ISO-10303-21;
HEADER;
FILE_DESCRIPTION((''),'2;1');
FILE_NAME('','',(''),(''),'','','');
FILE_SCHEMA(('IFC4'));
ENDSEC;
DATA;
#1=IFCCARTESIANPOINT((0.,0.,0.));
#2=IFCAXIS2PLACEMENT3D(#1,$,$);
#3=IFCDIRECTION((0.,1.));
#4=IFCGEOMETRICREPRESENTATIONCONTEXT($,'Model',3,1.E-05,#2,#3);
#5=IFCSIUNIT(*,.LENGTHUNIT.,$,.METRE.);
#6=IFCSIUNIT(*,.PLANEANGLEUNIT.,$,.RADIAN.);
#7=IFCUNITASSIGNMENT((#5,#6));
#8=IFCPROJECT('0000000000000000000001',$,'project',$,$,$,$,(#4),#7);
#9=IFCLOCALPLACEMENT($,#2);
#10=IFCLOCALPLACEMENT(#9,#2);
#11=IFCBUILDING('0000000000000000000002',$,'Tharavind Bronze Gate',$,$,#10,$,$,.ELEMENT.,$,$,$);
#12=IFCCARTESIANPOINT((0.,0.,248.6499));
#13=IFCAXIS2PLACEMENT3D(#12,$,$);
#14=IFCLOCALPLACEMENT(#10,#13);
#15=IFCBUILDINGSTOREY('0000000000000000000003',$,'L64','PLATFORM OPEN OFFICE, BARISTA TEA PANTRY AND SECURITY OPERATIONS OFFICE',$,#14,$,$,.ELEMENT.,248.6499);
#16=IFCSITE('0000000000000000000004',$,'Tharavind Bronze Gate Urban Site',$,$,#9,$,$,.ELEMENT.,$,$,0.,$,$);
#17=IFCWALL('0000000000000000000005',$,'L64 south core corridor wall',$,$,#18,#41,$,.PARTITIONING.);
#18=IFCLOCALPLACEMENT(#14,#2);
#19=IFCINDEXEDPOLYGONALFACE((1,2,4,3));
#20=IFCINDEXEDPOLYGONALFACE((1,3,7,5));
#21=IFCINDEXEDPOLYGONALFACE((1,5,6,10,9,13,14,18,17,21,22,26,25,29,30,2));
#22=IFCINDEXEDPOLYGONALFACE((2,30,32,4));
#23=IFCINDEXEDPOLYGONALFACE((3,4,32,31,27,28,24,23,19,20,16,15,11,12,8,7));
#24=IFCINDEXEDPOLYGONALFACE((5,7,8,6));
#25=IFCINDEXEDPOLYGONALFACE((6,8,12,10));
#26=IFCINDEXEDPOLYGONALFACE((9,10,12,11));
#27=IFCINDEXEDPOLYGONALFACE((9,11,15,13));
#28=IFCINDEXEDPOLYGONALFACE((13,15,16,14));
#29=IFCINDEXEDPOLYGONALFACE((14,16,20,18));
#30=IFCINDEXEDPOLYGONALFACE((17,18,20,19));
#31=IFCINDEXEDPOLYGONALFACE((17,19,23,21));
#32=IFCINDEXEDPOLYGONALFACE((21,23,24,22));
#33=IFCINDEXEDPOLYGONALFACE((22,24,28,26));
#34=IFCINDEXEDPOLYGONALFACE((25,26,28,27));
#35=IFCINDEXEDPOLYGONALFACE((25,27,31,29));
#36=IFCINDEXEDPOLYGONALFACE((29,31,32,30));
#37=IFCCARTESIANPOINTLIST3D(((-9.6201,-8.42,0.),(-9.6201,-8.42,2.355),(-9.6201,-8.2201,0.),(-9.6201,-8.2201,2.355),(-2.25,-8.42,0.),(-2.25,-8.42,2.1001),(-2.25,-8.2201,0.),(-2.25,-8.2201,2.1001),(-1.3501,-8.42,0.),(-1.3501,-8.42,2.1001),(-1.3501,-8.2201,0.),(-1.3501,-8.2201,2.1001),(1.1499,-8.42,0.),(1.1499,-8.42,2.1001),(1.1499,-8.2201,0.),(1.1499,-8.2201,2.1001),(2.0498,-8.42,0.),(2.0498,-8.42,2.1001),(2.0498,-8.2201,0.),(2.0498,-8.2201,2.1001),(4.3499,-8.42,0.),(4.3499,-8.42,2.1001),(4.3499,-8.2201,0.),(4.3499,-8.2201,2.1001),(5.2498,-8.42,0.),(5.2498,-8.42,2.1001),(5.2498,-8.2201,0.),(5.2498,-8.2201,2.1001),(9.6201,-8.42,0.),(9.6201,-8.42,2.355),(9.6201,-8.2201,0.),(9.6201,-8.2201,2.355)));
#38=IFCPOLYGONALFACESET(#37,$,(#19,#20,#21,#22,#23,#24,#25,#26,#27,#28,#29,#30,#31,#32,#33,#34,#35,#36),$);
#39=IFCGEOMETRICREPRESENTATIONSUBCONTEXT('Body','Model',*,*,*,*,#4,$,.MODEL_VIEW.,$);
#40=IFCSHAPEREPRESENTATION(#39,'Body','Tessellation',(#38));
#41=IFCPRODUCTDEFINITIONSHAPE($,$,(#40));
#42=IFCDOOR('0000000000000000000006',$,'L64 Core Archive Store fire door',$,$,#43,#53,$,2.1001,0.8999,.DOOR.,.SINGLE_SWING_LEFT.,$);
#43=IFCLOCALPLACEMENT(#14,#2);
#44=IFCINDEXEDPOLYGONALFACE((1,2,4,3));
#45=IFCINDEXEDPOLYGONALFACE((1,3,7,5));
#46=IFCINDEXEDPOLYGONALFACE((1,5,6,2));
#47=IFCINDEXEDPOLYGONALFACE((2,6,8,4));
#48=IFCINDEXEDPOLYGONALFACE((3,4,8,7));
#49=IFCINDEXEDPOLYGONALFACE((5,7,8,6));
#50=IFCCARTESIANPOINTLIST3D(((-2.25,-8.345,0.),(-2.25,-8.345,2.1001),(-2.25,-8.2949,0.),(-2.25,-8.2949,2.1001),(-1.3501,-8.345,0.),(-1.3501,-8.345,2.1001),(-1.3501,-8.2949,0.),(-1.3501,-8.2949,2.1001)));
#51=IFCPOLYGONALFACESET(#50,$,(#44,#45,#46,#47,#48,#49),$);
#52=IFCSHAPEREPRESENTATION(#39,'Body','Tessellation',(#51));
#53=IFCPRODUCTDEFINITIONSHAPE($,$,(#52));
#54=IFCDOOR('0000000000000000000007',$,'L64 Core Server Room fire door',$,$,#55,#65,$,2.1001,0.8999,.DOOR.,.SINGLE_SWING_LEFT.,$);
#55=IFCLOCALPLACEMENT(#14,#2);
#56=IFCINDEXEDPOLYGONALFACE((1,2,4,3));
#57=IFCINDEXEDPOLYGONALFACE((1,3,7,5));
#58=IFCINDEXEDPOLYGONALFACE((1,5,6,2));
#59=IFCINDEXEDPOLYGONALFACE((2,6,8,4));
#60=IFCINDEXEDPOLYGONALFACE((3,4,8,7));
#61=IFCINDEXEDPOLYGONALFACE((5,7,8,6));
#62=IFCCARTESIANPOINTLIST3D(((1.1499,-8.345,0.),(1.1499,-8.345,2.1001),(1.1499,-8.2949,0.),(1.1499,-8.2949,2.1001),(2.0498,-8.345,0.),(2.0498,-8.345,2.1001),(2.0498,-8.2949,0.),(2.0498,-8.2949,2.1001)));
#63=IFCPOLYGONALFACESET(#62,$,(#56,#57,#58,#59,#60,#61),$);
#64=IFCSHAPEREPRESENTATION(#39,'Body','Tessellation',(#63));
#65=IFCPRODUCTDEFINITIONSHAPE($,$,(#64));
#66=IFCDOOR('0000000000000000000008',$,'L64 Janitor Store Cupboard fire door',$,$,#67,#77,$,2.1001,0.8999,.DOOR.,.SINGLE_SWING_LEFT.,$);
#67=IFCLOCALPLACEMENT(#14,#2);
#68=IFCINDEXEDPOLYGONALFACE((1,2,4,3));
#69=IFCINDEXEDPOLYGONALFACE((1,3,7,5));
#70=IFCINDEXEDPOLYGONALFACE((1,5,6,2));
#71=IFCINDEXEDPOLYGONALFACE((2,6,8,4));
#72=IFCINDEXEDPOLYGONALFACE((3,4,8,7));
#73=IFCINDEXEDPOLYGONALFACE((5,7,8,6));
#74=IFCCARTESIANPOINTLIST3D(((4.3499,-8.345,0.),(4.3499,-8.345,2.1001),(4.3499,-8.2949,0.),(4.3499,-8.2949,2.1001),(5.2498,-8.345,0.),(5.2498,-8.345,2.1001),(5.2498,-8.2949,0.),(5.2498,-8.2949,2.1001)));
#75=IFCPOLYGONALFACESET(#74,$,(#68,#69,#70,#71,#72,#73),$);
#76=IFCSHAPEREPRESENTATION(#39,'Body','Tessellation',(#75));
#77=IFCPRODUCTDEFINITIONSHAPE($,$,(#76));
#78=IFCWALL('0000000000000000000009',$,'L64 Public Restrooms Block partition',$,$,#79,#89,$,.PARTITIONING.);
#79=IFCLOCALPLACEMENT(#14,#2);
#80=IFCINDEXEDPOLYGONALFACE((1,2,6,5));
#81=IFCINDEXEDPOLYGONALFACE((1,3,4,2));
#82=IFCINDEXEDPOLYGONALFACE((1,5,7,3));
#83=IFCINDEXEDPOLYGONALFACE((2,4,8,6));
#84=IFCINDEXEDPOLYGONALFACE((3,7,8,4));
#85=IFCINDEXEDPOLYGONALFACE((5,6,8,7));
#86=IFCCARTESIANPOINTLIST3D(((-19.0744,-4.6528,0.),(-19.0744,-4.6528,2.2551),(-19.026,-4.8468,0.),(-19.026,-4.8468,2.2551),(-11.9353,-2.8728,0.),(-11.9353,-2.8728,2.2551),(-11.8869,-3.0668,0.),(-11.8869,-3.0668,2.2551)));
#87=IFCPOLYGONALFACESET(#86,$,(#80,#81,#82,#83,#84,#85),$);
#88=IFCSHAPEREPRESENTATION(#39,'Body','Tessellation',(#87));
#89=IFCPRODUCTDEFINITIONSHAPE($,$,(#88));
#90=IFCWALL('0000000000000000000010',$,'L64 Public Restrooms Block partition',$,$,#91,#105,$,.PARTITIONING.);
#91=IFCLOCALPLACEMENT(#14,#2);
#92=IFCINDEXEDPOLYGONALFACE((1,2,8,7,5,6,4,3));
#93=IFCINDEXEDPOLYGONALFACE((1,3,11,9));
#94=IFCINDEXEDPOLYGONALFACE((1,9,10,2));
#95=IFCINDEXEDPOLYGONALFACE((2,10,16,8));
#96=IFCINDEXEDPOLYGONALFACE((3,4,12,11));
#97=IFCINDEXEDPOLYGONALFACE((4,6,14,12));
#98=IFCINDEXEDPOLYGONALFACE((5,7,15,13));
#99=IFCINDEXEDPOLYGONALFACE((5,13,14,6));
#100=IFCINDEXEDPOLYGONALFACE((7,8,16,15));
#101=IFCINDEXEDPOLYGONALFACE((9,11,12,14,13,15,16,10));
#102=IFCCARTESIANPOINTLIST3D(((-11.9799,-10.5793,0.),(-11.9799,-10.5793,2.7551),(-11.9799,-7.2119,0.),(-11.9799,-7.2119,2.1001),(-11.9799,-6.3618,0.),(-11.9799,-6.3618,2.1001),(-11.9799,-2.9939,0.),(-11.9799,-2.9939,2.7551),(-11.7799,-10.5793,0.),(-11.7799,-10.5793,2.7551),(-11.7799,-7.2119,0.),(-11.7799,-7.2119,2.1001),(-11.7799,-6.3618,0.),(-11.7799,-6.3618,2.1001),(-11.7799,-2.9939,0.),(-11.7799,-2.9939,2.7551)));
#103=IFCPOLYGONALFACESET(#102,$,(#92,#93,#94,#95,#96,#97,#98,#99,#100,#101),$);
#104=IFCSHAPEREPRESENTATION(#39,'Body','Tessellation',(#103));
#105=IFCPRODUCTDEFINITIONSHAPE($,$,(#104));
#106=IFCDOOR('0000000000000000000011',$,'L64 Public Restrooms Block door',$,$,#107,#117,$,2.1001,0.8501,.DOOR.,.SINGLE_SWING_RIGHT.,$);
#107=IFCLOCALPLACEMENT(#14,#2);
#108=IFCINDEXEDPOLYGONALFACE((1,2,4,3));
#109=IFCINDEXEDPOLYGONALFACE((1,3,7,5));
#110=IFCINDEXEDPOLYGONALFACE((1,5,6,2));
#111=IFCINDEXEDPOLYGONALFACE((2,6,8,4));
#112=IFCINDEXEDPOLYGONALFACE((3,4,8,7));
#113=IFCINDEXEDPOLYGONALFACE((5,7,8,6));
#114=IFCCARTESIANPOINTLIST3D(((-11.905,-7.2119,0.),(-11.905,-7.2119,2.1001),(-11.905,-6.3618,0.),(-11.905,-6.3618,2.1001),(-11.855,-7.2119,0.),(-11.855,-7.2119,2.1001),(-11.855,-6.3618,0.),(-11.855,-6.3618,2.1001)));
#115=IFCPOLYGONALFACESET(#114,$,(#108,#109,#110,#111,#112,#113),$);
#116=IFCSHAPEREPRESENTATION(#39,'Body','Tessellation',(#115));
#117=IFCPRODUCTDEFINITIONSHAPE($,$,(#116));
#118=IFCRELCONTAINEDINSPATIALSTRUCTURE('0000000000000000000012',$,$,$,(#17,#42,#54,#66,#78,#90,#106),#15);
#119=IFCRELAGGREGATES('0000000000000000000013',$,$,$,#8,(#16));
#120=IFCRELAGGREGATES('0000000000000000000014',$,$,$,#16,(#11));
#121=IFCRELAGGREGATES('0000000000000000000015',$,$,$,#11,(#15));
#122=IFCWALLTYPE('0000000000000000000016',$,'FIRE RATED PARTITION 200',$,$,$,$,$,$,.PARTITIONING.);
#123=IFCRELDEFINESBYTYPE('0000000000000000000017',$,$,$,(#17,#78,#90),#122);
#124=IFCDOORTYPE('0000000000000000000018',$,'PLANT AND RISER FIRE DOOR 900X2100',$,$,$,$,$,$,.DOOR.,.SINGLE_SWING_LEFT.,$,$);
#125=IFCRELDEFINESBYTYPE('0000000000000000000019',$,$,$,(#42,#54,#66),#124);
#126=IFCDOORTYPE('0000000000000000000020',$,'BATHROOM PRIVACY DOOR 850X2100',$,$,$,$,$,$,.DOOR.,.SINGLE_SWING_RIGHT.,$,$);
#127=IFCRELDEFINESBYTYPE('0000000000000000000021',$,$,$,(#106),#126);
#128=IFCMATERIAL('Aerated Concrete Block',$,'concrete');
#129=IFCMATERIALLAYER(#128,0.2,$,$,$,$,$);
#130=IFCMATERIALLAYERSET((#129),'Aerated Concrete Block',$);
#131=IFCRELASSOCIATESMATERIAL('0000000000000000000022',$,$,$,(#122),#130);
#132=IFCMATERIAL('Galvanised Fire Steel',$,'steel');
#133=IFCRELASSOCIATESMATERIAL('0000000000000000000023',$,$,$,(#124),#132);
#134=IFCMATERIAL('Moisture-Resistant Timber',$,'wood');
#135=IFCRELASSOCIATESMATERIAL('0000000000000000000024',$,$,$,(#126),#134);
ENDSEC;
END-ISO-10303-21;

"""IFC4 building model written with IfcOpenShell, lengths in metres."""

from ifc_helpers import new_model, si_unit, direction, frame, frame_2d, origin, place, context, subcontext, project, spatial, rectangle, extrude, material, layer, layer_set, type_object, element, fill, save


model = new_model("IFC4")

# Units and contexts
model_context = context("Model", 3, precision=1e-05, world=origin(), true_north=direction((0.0, 1.0)))
body_context = subcontext(model_context, "Body", "Model", "MODEL_VIEW")
ifc_project = project(units=[si_unit("LENGTHUNIT", "METRE"), si_unit("PLANEANGLEUNIT", "RADIAN")], contexts=[model_context])

# Site, building, storey
site_placement = place(None, origin())
site = spatial("IfcSite", under=ifc_project, at=site_placement, Name="Tharavind Bronze Gate Urban Site", CompositionType="ELEMENT", RefElevation=0.0)
building_placement = place(site_placement, origin())
building = spatial("IfcBuilding", under=site, at=building_placement, Name="Tharavind Bronze Gate", CompositionType="ELEMENT")
storey_placement = place(building_placement, frame((0.0, 0.0, 248.6499)))
storey = spatial("IfcBuildingStorey", under=building, at=storey_placement, Name="L64", Description="PLATFORM OPEN OFFICE, BARISTA TEA PANTRY AND SECURITY OPERATIONS OFFICE", CompositionType="ELEMENT", Elevation=248.6499)

# Wall, openings, doors
ifc_material_1 = material(Name="Aerated Concrete Block", Category="concrete")
ifc_layer_1 = layer(ifc_material_1, 0.2)
ifc_layer_set_1 = layer_set([ifc_layer_1], Name="Aerated Concrete Block")
wall_type = type_object("IfcWallType", Name="FIRE RATED PARTITION 200", PredefinedType="PARTITIONING", material=ifc_layer_set_1)
wall_1_placement = place(storey_placement, frame((-9.6201, -8.3201, 0.0), z_axis=(0.0, 0.0, 1.0), x_axis=(1.0, 0.0, 0.0)))
wall_1 = element("IfcWall", 1, at=wall_1_placement, inside=storey, type_object=wall_type, Name="L64 south core corridor wall", PredefinedType="PARTITIONING", context=body_context, shape_type="SweptSolid", body=[
    extrude(rectangle(XDim=19.2402, YDim=0.2, at=frame_2d((9.6201, 0.0))), origin(), (0.0, 0.0, 1.0), 2.355),
])
opening_1_placement = place(wall_1_placement, frame((7.3701, 0.0, 0.0)))
opening_1 = element("IfcOpeningElement", 2, at=opening_1_placement, cuts=wall_1, PredefinedType="OPENING", context=body_context, shape_type="SweptSolid", body=[
    extrude(rectangle(XDim=0.8999, YDim=2.1001, at=frame_2d((0.45, 1.05))), frame((0.0, 0.1101, 0.0), z_axis=(0.0, -1.0, 0.0), x_axis=(1.0, 0.0, 0.0)), (0.0, 0.0, 1.0), 0.22),
])
opening_2_placement = place(wall_1_placement, frame((10.77, 0.0, 0.0)))
opening_2 = element("IfcOpeningElement", 3, at=opening_2_placement, cuts=wall_1, PredefinedType="OPENING", context=body_context, shape_type="SweptSolid", body=[
    extrude(rectangle(XDim=0.8999, YDim=2.1001, at=frame_2d((0.45, 1.05))), frame((0.0, 0.1101, 0.0), z_axis=(0.0, -1.0, 0.0), x_axis=(1.0, 0.0, 0.0)), (0.0, 0.0, 1.0), 0.22),
])
opening_3_placement = place(wall_1_placement, frame((13.97, 0.0, 0.0)))
opening_3 = element("IfcOpeningElement", 4, at=opening_3_placement, cuts=wall_1, PredefinedType="OPENING", context=body_context, shape_type="SweptSolid", body=[
    extrude(rectangle(XDim=0.8999, YDim=2.1001, at=frame_2d((0.45, 1.05))), frame((0.0, 0.1101, 0.0), z_axis=(0.0, -1.0, 0.0), x_axis=(1.0, 0.0, 0.0)), (0.0, 0.0, 1.0), 0.22),
])
ifc_material_2 = material(Name="Galvanised Fire Steel", Category="steel")
door_type_1 = type_object("IfcDoorType", Name="PLANT AND RISER FIRE DOOR 900X2100", OperationType="SINGLE_SWING_LEFT", PredefinedType="DOOR", material=ifc_material_2)
door_1_placement = place(opening_1_placement, frame((0.8999, 0.0, 0.0), z_axis=(0.0, 0.0, 1.0), x_axis=(-1.0, 0.0, 0.0)))
door_1 = element("IfcDoor", 5, at=door_1_placement, inside=storey, type_object=door_type_1, Name="L64 Core Archive Store fire door", OperationType="SINGLE_SWING_LEFT", OverallHeight=2.1001, OverallWidth=0.8999, PredefinedType="DOOR", context=body_context, shape_type="SweptSolid", body=[
    extrude(rectangle(XDim=0.8999, YDim=2.1001, at=frame_2d((0.45, 1.05))), frame((0.0, 0.0249, 0.0), z_axis=(0.0, -1.0, 0.0), x_axis=(1.0, 0.0, 0.0)), (0.0, 0.0, 1.0), 0.05),
])
fill(opening_1, door_1)
door_2_placement = place(opening_2_placement, frame((0.8999, 0.0, 0.0), z_axis=(0.0, 0.0, 1.0), x_axis=(-1.0, 0.0, 0.0)))
door_2 = element("IfcDoor", 6, at=door_2_placement, inside=storey, type_object=door_type_1, Name="L64 Core Server Room fire door", OperationType="SINGLE_SWING_LEFT", OverallHeight=2.1001, OverallWidth=0.8999, PredefinedType="DOOR", context=body_context, shape_type="SweptSolid", body=[
    extrude(rectangle(XDim=0.8999, YDim=2.1001, at=frame_2d((0.45, 1.05))), frame((0.0, 0.0249, 0.0), z_axis=(0.0, -1.0, 0.0), x_axis=(1.0, 0.0, 0.0)), (0.0, 0.0, 1.0), 0.05),
])
fill(opening_2, door_2)
door_3_placement = place(opening_3_placement, frame((0.8999, 0.0, 0.0), z_axis=(0.0, 0.0, 1.0), x_axis=(-1.0, 0.0, 0.0)))
door_3 = element("IfcDoor", 7, at=door_3_placement, inside=storey, type_object=door_type_1, Name="L64 Janitor Store Cupboard fire door", OperationType="SINGLE_SWING_LEFT", OverallHeight=2.1001, OverallWidth=0.8999, PredefinedType="DOOR", context=body_context, shape_type="SweptSolid", body=[
    extrude(rectangle(XDim=0.8999, YDim=2.1001, at=frame_2d((0.45, 1.05))), frame((0.0, 0.0249, 0.0), z_axis=(0.0, -1.0, 0.0), x_axis=(1.0, 0.0, 0.0)), (0.0, 0.0, 1.0), 0.05),
])
fill(opening_3, door_3)

# Wall
wall_2_placement = place(storey_placement, frame((-19.05, -4.7498, 0.0), z_axis=(0.0, 0.0, 1.0), x_axis=(0.970295, 0.241927, 0.0)))
element("IfcWall", 8, at=wall_2_placement, inside=storey, type_object=wall_type, Name="L64 Public Restrooms Block partition", PredefinedType="PARTITIONING", context=body_context, shape_type="SweptSolid", body=[
    extrude(rectangle(XDim=7.3577, YDim=0.2, at=frame_2d((3.6787, 0.0))), origin(), (0.0, 0.0, 1.0), 2.2551),
])

# Wall, opening, door
wall_3_placement = place(storey_placement, frame((-11.8799, -2.9939, 0.0), z_axis=(0.0, 0.0, 1.0), x_axis=(0.0, -1.0, 0.0)))
wall_3 = element("IfcWall", 9, at=wall_3_placement, inside=storey, type_object=wall_type, Name="L64 Public Restrooms Block partition", PredefinedType="PARTITIONING", context=body_context, shape_type="SweptSolid", body=[
    extrude(rectangle(XDim=7.5854, YDim=0.2, at=frame_2d((3.7927, 0.0))), origin(), (0.0, 0.0, 1.0), 2.7551),
])
opening_4_placement = place(wall_3_placement, frame((3.3679, 0.0, 0.0)))
opening_4 = element("IfcOpeningElement", 10, at=opening_4_placement, cuts=wall_3, PredefinedType="OPENING", context=body_context, shape_type="SweptSolid", body=[
    extrude(rectangle(XDim=0.8501, YDim=2.1001, at=frame_2d((0.425, 1.05))), frame((0.0, 0.1101, 0.0), z_axis=(0.0, -1.0, 0.0), x_axis=(1.0, 0.0, 0.0)), (0.0, 0.0, 1.0), 0.22),
])
ifc_material_3 = material(Name="Moisture-Resistant Timber", Category="wood")
door_type_2 = type_object("IfcDoorType", Name="BATHROOM PRIVACY DOOR 850X2100", OperationType="SINGLE_SWING_RIGHT", PredefinedType="DOOR", material=ifc_material_3)
door_4_placement = place(opening_4_placement, origin())
door_4 = element("IfcDoor", 11, at=door_4_placement, inside=storey, type_object=door_type_2, Name="L64 Public Restrooms Block door", OperationType="SINGLE_SWING_RIGHT", OverallHeight=2.1001, OverallWidth=0.8501, PredefinedType="DOOR", context=body_context, shape_type="SweptSolid", body=[
    extrude(rectangle(XDim=0.8501, YDim=2.1001, at=frame_2d((0.425, 1.05))), frame((0.0, 0.0249, 0.0), z_axis=(0.0, -1.0, 0.0), x_axis=(1.0, 0.0, 0.0)), (0.0, 0.0, 1.0), 0.05),
])
fill(opening_4, door_4)

save(model, "model.ifc")
